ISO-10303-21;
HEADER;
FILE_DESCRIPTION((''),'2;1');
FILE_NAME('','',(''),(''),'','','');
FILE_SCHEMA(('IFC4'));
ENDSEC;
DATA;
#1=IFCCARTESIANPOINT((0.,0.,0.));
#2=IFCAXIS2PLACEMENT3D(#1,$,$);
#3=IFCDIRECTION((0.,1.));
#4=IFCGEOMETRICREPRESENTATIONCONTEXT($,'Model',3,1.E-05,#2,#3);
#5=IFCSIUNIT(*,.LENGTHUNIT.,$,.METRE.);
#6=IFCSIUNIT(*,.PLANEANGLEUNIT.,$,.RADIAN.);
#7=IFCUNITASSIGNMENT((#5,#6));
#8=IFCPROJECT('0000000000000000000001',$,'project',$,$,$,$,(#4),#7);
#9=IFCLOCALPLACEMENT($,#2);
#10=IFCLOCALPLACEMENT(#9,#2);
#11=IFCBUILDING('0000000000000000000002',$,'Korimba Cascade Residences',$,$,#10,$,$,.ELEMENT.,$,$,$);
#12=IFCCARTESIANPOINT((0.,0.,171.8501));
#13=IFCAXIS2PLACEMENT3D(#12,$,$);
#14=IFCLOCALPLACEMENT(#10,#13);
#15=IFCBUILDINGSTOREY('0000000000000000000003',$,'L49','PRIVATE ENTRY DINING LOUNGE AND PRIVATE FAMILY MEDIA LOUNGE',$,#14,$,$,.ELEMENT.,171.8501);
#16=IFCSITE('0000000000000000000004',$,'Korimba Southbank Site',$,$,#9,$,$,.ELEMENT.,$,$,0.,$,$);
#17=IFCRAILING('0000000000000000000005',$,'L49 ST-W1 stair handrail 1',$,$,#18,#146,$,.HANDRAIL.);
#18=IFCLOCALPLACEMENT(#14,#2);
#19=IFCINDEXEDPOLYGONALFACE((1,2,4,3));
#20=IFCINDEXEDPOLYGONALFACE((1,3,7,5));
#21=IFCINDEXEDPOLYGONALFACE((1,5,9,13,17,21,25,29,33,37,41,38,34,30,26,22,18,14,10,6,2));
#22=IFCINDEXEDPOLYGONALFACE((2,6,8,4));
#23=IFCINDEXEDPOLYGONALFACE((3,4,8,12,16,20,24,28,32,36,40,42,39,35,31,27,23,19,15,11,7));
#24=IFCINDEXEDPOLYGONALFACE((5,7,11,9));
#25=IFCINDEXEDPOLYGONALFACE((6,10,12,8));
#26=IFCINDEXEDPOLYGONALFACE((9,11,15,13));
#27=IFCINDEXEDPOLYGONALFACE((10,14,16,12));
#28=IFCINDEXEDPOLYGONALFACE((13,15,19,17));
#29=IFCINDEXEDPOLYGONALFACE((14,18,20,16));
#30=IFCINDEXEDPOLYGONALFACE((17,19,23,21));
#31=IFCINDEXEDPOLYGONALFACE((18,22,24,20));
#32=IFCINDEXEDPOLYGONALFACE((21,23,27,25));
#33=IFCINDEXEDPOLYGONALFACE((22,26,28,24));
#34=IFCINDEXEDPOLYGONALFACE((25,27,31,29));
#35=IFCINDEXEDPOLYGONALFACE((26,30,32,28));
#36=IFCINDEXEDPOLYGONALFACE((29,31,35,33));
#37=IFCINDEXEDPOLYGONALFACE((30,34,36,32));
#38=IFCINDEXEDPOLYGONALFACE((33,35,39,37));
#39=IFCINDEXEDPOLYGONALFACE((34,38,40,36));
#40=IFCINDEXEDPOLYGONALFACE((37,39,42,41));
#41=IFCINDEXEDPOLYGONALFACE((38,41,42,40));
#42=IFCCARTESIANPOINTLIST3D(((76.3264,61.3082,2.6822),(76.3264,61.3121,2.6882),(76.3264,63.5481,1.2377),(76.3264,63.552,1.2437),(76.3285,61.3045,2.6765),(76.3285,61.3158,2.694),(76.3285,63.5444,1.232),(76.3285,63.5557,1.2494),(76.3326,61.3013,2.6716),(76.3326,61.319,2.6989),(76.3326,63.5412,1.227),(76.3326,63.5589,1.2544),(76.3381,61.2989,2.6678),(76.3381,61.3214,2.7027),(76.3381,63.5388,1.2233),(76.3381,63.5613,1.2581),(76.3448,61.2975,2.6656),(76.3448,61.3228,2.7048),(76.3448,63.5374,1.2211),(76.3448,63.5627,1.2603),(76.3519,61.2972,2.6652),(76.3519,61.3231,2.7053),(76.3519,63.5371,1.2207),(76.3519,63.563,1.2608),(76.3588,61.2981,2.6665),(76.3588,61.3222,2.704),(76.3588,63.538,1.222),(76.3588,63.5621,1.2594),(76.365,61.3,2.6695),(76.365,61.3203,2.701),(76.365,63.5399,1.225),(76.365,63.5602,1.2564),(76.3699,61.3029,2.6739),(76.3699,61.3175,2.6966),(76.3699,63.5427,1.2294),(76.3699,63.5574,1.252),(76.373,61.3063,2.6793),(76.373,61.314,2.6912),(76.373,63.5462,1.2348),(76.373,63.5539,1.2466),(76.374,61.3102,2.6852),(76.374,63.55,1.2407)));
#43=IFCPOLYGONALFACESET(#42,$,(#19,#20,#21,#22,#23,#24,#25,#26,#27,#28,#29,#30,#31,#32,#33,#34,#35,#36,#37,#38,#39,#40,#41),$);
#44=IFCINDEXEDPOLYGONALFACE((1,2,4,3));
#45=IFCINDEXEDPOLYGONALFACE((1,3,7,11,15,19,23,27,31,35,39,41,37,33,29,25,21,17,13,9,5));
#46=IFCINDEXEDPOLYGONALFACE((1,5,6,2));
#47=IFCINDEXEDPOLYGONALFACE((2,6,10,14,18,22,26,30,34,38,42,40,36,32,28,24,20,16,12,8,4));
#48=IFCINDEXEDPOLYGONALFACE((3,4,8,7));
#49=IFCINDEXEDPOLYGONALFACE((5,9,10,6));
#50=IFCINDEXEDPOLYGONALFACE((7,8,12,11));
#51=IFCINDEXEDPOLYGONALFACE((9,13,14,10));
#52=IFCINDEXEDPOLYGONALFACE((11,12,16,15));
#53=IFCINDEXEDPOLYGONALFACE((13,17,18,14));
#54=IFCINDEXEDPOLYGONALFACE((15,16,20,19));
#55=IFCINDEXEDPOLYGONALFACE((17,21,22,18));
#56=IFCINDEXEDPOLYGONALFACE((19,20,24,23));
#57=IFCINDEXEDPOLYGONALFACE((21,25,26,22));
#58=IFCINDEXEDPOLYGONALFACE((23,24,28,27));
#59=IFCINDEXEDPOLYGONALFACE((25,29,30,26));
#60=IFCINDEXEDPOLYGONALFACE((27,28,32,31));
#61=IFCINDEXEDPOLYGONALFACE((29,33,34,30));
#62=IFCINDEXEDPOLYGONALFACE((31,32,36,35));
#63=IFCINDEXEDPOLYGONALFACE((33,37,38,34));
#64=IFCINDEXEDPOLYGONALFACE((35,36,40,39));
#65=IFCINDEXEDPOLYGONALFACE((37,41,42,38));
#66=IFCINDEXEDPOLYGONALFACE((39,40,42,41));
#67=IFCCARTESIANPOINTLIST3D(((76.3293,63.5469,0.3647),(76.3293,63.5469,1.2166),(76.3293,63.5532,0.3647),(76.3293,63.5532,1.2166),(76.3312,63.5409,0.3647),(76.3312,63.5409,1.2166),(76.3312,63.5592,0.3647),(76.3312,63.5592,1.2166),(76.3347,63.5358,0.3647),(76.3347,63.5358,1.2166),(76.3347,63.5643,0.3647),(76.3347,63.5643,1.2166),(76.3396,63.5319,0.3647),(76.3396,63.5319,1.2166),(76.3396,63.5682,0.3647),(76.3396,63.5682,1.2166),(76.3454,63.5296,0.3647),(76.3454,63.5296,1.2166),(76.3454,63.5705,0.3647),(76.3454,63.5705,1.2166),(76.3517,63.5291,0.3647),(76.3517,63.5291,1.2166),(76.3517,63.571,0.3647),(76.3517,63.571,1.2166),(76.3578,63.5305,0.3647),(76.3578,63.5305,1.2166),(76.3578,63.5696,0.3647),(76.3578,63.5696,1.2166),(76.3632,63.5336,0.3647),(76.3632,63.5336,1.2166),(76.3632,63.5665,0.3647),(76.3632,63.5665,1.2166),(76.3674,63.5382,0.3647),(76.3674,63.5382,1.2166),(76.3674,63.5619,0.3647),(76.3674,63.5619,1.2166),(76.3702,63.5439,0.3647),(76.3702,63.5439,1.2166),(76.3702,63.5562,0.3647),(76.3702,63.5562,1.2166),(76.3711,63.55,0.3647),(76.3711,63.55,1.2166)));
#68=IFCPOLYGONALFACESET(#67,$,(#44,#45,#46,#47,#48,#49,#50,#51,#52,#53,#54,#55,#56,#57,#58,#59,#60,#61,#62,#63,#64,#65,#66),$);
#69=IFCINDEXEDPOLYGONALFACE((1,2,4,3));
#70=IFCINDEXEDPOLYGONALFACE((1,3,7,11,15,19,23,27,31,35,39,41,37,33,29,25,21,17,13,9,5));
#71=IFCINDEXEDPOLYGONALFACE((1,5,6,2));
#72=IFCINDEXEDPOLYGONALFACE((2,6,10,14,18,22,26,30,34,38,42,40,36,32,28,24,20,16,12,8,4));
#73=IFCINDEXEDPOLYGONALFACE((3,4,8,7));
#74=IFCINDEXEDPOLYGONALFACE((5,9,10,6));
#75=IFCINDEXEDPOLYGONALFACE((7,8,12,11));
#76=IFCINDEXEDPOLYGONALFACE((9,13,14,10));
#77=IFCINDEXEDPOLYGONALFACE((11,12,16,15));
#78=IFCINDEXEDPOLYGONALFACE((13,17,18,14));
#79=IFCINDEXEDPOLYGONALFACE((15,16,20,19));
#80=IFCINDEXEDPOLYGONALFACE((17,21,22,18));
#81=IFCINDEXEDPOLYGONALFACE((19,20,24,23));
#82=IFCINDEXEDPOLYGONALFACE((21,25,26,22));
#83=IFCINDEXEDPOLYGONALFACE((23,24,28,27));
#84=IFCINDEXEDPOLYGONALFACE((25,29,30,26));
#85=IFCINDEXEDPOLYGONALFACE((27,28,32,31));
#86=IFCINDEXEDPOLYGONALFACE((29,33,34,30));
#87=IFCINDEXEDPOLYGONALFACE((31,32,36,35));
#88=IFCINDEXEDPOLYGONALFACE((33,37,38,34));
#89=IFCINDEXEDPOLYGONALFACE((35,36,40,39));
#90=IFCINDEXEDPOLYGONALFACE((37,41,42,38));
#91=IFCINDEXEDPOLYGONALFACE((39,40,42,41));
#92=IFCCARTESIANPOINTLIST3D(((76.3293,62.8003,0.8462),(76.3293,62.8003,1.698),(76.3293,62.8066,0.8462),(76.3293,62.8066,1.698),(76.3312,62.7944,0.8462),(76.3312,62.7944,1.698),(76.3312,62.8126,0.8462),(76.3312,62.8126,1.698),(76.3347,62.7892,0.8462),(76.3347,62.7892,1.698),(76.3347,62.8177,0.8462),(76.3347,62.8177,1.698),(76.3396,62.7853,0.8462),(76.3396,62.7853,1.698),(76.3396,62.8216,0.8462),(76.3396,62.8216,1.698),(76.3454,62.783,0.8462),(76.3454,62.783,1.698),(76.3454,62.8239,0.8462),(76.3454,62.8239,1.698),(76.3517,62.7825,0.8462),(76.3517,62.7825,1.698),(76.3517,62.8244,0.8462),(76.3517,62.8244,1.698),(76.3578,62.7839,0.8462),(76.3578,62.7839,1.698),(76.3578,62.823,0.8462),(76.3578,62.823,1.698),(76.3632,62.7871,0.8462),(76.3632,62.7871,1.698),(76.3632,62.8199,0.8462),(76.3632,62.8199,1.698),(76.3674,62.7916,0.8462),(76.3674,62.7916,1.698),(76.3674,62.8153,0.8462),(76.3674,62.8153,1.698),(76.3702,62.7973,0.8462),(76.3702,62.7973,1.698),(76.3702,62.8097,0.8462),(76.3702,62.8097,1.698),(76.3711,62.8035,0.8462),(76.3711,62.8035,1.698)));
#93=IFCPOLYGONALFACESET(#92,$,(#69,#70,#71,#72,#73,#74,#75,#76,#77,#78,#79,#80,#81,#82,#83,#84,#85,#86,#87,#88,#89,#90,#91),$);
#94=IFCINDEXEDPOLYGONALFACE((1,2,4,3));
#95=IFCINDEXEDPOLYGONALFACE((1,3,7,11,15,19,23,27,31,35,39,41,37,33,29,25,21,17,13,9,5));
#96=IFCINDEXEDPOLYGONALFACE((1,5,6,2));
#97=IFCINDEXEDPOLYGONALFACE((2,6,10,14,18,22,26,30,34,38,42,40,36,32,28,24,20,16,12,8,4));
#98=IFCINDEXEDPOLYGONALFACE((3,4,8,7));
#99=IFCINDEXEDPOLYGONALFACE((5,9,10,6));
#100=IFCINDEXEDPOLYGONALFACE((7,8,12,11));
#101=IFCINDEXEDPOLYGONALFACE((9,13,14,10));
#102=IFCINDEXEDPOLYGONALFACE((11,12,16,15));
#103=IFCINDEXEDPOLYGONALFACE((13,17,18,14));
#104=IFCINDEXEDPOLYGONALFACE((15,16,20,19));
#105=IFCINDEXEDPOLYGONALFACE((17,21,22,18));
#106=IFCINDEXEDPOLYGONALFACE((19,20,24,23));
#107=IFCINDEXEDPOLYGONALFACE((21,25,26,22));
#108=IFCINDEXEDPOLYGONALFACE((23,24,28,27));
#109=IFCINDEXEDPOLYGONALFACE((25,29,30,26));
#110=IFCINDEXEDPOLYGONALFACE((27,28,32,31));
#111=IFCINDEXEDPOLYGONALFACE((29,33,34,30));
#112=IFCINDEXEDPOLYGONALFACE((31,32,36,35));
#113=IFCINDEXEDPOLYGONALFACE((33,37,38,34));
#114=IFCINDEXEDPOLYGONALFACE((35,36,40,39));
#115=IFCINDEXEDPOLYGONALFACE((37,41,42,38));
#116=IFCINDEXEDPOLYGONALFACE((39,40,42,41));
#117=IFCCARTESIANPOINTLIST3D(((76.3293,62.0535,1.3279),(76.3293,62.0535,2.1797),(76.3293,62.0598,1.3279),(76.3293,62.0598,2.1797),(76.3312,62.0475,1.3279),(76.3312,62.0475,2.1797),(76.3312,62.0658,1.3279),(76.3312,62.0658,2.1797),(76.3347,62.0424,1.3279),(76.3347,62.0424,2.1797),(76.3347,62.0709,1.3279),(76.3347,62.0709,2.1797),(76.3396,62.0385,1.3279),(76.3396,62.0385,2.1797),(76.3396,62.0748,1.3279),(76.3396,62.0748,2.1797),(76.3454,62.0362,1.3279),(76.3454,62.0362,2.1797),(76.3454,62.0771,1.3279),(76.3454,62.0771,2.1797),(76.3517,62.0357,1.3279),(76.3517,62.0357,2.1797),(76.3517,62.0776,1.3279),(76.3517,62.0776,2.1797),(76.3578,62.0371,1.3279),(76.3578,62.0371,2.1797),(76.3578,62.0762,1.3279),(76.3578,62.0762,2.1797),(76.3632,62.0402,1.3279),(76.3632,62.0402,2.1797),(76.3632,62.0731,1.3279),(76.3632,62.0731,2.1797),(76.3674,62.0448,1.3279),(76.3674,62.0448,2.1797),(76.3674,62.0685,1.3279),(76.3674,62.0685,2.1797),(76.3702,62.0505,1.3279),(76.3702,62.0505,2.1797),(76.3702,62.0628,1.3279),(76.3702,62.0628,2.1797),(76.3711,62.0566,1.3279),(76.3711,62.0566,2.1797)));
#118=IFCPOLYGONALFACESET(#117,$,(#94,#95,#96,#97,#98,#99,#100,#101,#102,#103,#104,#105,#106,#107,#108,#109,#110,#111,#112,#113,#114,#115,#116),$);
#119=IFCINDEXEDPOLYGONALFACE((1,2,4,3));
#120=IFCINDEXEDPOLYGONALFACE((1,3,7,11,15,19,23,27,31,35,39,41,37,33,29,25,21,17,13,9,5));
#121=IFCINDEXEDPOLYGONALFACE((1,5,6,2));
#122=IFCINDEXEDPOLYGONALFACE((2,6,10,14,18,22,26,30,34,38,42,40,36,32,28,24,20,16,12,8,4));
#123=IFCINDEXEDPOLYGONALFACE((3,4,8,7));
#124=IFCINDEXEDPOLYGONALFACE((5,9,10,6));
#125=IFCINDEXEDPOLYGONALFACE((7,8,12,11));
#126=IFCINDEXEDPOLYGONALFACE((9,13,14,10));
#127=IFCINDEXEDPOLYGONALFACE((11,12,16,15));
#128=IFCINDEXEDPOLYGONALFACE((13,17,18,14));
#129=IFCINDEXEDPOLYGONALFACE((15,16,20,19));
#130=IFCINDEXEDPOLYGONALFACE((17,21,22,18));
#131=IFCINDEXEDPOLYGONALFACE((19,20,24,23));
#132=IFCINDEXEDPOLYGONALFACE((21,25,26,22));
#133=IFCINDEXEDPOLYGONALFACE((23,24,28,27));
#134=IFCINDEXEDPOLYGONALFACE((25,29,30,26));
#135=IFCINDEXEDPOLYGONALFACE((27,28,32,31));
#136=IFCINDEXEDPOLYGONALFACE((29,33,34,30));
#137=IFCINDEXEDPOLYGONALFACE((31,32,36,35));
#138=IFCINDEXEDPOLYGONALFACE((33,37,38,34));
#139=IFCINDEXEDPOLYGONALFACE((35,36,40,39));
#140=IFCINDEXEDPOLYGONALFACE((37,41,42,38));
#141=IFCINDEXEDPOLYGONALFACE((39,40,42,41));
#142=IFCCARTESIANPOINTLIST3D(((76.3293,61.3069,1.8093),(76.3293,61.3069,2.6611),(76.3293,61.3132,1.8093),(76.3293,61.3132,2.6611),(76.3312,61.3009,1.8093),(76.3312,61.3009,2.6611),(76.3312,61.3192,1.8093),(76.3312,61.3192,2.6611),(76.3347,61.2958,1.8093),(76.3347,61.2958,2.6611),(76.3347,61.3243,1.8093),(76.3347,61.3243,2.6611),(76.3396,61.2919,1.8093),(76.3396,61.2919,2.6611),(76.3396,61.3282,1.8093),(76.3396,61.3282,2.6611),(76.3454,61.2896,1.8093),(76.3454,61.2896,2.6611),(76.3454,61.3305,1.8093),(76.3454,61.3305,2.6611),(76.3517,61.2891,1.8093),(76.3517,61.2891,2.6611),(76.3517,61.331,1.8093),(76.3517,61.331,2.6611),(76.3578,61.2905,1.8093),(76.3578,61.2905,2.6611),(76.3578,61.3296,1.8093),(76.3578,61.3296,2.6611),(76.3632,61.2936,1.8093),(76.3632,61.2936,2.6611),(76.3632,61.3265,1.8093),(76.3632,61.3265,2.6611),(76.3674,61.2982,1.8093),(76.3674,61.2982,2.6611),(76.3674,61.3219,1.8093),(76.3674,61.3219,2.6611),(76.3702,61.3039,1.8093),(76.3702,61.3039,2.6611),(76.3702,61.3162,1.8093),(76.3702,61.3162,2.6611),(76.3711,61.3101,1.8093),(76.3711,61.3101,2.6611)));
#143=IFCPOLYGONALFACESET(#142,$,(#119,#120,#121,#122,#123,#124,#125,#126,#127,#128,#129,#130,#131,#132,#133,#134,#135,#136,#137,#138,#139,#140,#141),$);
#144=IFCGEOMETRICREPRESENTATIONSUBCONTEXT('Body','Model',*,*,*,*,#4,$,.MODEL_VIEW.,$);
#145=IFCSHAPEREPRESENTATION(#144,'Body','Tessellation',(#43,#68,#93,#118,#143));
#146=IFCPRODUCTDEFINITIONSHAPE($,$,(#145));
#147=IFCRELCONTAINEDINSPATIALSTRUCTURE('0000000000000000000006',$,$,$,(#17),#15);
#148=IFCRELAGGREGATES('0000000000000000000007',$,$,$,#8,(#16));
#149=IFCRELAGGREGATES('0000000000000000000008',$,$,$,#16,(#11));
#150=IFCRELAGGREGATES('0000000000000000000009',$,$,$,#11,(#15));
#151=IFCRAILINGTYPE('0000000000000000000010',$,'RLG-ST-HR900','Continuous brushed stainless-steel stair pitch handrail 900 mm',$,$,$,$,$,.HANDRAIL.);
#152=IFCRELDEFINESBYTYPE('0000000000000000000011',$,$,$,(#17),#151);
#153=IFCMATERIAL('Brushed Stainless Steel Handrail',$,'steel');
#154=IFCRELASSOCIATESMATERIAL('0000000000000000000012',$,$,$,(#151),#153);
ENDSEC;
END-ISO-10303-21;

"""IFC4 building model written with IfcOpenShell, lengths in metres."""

from ifc_helpers import new_model, si_unit, direction, frame, origin, origin_2d, place, context, subcontext, project, spatial, circle, extrude, material, type_object, element, save


model = new_model("IFC4")

# Units and contexts
model_context = context("Model", 3, precision=1e-05, world=origin(), true_north=direction((0.0, 1.0)))
body_context = subcontext(model_context, "Body", "Model", "MODEL_VIEW")
ifc_project = project(units=[si_unit("LENGTHUNIT", "METRE"), si_unit("PLANEANGLEUNIT", "RADIAN")], contexts=[model_context])

# Site, building, storey
site_placement = place(None, origin())
site = spatial("IfcSite", under=ifc_project, at=site_placement, Name="Korimba Southbank Site", CompositionType="ELEMENT", RefElevation=0.0)
building_placement = place(site_placement, origin())
building = spatial("IfcBuilding", under=site, at=building_placement, Name="Korimba Cascade Residences", CompositionType="ELEMENT")
storey_placement = place(building_placement, frame((0.0, 0.0, 171.8501)))
storey = spatial("IfcBuildingStorey", under=building, at=storey_placement, Name="L49", Description="PRIVATE ENTRY DINING LOUNGE AND PRIVATE FAMILY MEDIA LOUNGE", CompositionType="ELEMENT", Elevation=171.8501)

# Railing
ifc_material_1 = material(Name="Brushed Stainless Steel Handrail", Category="steel")
railing_type_1 = type_object("IfcRailingType", Name="RLG-ST-HR900", Description="Continuous brushed stainless-steel stair pitch handrail 900 mm", PredefinedType="HANDRAIL", material=ifc_material_1)
railing_1_placement = place(storey_placement, frame((76.3501, 63.55, 0.3647)))
element("IfcRailing", 1, at=railing_1_placement, inside=storey, type_object=railing_type_1, Name="L49 ST-W1 stair handrail 1", PredefinedType="HANDRAIL", context=body_context, shape_type="SweptSolid", body=[
    extrude(circle(Radius=0.0239, at=origin_2d()), frame((0.0, 0.0, 0.876), z_axis=(0.0, -0.840395, 0.541975), x_axis=(1.0, 0.0, 0.0)), (0.0, 0.0, 1.0), 2.6653),
    extrude(circle(Radius=0.021, at=origin_2d()), origin(), (0.0, 0.0, 1.0), 0.8518),
    extrude(circle(Radius=0.021, at=origin_2d()), frame((0.0, -0.7466, 0.4814)), (0.0, 0.0, 1.0), 0.8518),
    extrude(circle(Radius=0.021, at=origin_2d()), frame((0.0, -1.4934, 0.9631)), (0.0, 0.0, 1.0), 0.8518),
    extrude(circle(Radius=0.021, at=origin_2d()), frame((0.0, -2.24, 1.4446)), (0.0, 0.0, 1.0), 0.8518),
])

save(model, "model.ifc")
